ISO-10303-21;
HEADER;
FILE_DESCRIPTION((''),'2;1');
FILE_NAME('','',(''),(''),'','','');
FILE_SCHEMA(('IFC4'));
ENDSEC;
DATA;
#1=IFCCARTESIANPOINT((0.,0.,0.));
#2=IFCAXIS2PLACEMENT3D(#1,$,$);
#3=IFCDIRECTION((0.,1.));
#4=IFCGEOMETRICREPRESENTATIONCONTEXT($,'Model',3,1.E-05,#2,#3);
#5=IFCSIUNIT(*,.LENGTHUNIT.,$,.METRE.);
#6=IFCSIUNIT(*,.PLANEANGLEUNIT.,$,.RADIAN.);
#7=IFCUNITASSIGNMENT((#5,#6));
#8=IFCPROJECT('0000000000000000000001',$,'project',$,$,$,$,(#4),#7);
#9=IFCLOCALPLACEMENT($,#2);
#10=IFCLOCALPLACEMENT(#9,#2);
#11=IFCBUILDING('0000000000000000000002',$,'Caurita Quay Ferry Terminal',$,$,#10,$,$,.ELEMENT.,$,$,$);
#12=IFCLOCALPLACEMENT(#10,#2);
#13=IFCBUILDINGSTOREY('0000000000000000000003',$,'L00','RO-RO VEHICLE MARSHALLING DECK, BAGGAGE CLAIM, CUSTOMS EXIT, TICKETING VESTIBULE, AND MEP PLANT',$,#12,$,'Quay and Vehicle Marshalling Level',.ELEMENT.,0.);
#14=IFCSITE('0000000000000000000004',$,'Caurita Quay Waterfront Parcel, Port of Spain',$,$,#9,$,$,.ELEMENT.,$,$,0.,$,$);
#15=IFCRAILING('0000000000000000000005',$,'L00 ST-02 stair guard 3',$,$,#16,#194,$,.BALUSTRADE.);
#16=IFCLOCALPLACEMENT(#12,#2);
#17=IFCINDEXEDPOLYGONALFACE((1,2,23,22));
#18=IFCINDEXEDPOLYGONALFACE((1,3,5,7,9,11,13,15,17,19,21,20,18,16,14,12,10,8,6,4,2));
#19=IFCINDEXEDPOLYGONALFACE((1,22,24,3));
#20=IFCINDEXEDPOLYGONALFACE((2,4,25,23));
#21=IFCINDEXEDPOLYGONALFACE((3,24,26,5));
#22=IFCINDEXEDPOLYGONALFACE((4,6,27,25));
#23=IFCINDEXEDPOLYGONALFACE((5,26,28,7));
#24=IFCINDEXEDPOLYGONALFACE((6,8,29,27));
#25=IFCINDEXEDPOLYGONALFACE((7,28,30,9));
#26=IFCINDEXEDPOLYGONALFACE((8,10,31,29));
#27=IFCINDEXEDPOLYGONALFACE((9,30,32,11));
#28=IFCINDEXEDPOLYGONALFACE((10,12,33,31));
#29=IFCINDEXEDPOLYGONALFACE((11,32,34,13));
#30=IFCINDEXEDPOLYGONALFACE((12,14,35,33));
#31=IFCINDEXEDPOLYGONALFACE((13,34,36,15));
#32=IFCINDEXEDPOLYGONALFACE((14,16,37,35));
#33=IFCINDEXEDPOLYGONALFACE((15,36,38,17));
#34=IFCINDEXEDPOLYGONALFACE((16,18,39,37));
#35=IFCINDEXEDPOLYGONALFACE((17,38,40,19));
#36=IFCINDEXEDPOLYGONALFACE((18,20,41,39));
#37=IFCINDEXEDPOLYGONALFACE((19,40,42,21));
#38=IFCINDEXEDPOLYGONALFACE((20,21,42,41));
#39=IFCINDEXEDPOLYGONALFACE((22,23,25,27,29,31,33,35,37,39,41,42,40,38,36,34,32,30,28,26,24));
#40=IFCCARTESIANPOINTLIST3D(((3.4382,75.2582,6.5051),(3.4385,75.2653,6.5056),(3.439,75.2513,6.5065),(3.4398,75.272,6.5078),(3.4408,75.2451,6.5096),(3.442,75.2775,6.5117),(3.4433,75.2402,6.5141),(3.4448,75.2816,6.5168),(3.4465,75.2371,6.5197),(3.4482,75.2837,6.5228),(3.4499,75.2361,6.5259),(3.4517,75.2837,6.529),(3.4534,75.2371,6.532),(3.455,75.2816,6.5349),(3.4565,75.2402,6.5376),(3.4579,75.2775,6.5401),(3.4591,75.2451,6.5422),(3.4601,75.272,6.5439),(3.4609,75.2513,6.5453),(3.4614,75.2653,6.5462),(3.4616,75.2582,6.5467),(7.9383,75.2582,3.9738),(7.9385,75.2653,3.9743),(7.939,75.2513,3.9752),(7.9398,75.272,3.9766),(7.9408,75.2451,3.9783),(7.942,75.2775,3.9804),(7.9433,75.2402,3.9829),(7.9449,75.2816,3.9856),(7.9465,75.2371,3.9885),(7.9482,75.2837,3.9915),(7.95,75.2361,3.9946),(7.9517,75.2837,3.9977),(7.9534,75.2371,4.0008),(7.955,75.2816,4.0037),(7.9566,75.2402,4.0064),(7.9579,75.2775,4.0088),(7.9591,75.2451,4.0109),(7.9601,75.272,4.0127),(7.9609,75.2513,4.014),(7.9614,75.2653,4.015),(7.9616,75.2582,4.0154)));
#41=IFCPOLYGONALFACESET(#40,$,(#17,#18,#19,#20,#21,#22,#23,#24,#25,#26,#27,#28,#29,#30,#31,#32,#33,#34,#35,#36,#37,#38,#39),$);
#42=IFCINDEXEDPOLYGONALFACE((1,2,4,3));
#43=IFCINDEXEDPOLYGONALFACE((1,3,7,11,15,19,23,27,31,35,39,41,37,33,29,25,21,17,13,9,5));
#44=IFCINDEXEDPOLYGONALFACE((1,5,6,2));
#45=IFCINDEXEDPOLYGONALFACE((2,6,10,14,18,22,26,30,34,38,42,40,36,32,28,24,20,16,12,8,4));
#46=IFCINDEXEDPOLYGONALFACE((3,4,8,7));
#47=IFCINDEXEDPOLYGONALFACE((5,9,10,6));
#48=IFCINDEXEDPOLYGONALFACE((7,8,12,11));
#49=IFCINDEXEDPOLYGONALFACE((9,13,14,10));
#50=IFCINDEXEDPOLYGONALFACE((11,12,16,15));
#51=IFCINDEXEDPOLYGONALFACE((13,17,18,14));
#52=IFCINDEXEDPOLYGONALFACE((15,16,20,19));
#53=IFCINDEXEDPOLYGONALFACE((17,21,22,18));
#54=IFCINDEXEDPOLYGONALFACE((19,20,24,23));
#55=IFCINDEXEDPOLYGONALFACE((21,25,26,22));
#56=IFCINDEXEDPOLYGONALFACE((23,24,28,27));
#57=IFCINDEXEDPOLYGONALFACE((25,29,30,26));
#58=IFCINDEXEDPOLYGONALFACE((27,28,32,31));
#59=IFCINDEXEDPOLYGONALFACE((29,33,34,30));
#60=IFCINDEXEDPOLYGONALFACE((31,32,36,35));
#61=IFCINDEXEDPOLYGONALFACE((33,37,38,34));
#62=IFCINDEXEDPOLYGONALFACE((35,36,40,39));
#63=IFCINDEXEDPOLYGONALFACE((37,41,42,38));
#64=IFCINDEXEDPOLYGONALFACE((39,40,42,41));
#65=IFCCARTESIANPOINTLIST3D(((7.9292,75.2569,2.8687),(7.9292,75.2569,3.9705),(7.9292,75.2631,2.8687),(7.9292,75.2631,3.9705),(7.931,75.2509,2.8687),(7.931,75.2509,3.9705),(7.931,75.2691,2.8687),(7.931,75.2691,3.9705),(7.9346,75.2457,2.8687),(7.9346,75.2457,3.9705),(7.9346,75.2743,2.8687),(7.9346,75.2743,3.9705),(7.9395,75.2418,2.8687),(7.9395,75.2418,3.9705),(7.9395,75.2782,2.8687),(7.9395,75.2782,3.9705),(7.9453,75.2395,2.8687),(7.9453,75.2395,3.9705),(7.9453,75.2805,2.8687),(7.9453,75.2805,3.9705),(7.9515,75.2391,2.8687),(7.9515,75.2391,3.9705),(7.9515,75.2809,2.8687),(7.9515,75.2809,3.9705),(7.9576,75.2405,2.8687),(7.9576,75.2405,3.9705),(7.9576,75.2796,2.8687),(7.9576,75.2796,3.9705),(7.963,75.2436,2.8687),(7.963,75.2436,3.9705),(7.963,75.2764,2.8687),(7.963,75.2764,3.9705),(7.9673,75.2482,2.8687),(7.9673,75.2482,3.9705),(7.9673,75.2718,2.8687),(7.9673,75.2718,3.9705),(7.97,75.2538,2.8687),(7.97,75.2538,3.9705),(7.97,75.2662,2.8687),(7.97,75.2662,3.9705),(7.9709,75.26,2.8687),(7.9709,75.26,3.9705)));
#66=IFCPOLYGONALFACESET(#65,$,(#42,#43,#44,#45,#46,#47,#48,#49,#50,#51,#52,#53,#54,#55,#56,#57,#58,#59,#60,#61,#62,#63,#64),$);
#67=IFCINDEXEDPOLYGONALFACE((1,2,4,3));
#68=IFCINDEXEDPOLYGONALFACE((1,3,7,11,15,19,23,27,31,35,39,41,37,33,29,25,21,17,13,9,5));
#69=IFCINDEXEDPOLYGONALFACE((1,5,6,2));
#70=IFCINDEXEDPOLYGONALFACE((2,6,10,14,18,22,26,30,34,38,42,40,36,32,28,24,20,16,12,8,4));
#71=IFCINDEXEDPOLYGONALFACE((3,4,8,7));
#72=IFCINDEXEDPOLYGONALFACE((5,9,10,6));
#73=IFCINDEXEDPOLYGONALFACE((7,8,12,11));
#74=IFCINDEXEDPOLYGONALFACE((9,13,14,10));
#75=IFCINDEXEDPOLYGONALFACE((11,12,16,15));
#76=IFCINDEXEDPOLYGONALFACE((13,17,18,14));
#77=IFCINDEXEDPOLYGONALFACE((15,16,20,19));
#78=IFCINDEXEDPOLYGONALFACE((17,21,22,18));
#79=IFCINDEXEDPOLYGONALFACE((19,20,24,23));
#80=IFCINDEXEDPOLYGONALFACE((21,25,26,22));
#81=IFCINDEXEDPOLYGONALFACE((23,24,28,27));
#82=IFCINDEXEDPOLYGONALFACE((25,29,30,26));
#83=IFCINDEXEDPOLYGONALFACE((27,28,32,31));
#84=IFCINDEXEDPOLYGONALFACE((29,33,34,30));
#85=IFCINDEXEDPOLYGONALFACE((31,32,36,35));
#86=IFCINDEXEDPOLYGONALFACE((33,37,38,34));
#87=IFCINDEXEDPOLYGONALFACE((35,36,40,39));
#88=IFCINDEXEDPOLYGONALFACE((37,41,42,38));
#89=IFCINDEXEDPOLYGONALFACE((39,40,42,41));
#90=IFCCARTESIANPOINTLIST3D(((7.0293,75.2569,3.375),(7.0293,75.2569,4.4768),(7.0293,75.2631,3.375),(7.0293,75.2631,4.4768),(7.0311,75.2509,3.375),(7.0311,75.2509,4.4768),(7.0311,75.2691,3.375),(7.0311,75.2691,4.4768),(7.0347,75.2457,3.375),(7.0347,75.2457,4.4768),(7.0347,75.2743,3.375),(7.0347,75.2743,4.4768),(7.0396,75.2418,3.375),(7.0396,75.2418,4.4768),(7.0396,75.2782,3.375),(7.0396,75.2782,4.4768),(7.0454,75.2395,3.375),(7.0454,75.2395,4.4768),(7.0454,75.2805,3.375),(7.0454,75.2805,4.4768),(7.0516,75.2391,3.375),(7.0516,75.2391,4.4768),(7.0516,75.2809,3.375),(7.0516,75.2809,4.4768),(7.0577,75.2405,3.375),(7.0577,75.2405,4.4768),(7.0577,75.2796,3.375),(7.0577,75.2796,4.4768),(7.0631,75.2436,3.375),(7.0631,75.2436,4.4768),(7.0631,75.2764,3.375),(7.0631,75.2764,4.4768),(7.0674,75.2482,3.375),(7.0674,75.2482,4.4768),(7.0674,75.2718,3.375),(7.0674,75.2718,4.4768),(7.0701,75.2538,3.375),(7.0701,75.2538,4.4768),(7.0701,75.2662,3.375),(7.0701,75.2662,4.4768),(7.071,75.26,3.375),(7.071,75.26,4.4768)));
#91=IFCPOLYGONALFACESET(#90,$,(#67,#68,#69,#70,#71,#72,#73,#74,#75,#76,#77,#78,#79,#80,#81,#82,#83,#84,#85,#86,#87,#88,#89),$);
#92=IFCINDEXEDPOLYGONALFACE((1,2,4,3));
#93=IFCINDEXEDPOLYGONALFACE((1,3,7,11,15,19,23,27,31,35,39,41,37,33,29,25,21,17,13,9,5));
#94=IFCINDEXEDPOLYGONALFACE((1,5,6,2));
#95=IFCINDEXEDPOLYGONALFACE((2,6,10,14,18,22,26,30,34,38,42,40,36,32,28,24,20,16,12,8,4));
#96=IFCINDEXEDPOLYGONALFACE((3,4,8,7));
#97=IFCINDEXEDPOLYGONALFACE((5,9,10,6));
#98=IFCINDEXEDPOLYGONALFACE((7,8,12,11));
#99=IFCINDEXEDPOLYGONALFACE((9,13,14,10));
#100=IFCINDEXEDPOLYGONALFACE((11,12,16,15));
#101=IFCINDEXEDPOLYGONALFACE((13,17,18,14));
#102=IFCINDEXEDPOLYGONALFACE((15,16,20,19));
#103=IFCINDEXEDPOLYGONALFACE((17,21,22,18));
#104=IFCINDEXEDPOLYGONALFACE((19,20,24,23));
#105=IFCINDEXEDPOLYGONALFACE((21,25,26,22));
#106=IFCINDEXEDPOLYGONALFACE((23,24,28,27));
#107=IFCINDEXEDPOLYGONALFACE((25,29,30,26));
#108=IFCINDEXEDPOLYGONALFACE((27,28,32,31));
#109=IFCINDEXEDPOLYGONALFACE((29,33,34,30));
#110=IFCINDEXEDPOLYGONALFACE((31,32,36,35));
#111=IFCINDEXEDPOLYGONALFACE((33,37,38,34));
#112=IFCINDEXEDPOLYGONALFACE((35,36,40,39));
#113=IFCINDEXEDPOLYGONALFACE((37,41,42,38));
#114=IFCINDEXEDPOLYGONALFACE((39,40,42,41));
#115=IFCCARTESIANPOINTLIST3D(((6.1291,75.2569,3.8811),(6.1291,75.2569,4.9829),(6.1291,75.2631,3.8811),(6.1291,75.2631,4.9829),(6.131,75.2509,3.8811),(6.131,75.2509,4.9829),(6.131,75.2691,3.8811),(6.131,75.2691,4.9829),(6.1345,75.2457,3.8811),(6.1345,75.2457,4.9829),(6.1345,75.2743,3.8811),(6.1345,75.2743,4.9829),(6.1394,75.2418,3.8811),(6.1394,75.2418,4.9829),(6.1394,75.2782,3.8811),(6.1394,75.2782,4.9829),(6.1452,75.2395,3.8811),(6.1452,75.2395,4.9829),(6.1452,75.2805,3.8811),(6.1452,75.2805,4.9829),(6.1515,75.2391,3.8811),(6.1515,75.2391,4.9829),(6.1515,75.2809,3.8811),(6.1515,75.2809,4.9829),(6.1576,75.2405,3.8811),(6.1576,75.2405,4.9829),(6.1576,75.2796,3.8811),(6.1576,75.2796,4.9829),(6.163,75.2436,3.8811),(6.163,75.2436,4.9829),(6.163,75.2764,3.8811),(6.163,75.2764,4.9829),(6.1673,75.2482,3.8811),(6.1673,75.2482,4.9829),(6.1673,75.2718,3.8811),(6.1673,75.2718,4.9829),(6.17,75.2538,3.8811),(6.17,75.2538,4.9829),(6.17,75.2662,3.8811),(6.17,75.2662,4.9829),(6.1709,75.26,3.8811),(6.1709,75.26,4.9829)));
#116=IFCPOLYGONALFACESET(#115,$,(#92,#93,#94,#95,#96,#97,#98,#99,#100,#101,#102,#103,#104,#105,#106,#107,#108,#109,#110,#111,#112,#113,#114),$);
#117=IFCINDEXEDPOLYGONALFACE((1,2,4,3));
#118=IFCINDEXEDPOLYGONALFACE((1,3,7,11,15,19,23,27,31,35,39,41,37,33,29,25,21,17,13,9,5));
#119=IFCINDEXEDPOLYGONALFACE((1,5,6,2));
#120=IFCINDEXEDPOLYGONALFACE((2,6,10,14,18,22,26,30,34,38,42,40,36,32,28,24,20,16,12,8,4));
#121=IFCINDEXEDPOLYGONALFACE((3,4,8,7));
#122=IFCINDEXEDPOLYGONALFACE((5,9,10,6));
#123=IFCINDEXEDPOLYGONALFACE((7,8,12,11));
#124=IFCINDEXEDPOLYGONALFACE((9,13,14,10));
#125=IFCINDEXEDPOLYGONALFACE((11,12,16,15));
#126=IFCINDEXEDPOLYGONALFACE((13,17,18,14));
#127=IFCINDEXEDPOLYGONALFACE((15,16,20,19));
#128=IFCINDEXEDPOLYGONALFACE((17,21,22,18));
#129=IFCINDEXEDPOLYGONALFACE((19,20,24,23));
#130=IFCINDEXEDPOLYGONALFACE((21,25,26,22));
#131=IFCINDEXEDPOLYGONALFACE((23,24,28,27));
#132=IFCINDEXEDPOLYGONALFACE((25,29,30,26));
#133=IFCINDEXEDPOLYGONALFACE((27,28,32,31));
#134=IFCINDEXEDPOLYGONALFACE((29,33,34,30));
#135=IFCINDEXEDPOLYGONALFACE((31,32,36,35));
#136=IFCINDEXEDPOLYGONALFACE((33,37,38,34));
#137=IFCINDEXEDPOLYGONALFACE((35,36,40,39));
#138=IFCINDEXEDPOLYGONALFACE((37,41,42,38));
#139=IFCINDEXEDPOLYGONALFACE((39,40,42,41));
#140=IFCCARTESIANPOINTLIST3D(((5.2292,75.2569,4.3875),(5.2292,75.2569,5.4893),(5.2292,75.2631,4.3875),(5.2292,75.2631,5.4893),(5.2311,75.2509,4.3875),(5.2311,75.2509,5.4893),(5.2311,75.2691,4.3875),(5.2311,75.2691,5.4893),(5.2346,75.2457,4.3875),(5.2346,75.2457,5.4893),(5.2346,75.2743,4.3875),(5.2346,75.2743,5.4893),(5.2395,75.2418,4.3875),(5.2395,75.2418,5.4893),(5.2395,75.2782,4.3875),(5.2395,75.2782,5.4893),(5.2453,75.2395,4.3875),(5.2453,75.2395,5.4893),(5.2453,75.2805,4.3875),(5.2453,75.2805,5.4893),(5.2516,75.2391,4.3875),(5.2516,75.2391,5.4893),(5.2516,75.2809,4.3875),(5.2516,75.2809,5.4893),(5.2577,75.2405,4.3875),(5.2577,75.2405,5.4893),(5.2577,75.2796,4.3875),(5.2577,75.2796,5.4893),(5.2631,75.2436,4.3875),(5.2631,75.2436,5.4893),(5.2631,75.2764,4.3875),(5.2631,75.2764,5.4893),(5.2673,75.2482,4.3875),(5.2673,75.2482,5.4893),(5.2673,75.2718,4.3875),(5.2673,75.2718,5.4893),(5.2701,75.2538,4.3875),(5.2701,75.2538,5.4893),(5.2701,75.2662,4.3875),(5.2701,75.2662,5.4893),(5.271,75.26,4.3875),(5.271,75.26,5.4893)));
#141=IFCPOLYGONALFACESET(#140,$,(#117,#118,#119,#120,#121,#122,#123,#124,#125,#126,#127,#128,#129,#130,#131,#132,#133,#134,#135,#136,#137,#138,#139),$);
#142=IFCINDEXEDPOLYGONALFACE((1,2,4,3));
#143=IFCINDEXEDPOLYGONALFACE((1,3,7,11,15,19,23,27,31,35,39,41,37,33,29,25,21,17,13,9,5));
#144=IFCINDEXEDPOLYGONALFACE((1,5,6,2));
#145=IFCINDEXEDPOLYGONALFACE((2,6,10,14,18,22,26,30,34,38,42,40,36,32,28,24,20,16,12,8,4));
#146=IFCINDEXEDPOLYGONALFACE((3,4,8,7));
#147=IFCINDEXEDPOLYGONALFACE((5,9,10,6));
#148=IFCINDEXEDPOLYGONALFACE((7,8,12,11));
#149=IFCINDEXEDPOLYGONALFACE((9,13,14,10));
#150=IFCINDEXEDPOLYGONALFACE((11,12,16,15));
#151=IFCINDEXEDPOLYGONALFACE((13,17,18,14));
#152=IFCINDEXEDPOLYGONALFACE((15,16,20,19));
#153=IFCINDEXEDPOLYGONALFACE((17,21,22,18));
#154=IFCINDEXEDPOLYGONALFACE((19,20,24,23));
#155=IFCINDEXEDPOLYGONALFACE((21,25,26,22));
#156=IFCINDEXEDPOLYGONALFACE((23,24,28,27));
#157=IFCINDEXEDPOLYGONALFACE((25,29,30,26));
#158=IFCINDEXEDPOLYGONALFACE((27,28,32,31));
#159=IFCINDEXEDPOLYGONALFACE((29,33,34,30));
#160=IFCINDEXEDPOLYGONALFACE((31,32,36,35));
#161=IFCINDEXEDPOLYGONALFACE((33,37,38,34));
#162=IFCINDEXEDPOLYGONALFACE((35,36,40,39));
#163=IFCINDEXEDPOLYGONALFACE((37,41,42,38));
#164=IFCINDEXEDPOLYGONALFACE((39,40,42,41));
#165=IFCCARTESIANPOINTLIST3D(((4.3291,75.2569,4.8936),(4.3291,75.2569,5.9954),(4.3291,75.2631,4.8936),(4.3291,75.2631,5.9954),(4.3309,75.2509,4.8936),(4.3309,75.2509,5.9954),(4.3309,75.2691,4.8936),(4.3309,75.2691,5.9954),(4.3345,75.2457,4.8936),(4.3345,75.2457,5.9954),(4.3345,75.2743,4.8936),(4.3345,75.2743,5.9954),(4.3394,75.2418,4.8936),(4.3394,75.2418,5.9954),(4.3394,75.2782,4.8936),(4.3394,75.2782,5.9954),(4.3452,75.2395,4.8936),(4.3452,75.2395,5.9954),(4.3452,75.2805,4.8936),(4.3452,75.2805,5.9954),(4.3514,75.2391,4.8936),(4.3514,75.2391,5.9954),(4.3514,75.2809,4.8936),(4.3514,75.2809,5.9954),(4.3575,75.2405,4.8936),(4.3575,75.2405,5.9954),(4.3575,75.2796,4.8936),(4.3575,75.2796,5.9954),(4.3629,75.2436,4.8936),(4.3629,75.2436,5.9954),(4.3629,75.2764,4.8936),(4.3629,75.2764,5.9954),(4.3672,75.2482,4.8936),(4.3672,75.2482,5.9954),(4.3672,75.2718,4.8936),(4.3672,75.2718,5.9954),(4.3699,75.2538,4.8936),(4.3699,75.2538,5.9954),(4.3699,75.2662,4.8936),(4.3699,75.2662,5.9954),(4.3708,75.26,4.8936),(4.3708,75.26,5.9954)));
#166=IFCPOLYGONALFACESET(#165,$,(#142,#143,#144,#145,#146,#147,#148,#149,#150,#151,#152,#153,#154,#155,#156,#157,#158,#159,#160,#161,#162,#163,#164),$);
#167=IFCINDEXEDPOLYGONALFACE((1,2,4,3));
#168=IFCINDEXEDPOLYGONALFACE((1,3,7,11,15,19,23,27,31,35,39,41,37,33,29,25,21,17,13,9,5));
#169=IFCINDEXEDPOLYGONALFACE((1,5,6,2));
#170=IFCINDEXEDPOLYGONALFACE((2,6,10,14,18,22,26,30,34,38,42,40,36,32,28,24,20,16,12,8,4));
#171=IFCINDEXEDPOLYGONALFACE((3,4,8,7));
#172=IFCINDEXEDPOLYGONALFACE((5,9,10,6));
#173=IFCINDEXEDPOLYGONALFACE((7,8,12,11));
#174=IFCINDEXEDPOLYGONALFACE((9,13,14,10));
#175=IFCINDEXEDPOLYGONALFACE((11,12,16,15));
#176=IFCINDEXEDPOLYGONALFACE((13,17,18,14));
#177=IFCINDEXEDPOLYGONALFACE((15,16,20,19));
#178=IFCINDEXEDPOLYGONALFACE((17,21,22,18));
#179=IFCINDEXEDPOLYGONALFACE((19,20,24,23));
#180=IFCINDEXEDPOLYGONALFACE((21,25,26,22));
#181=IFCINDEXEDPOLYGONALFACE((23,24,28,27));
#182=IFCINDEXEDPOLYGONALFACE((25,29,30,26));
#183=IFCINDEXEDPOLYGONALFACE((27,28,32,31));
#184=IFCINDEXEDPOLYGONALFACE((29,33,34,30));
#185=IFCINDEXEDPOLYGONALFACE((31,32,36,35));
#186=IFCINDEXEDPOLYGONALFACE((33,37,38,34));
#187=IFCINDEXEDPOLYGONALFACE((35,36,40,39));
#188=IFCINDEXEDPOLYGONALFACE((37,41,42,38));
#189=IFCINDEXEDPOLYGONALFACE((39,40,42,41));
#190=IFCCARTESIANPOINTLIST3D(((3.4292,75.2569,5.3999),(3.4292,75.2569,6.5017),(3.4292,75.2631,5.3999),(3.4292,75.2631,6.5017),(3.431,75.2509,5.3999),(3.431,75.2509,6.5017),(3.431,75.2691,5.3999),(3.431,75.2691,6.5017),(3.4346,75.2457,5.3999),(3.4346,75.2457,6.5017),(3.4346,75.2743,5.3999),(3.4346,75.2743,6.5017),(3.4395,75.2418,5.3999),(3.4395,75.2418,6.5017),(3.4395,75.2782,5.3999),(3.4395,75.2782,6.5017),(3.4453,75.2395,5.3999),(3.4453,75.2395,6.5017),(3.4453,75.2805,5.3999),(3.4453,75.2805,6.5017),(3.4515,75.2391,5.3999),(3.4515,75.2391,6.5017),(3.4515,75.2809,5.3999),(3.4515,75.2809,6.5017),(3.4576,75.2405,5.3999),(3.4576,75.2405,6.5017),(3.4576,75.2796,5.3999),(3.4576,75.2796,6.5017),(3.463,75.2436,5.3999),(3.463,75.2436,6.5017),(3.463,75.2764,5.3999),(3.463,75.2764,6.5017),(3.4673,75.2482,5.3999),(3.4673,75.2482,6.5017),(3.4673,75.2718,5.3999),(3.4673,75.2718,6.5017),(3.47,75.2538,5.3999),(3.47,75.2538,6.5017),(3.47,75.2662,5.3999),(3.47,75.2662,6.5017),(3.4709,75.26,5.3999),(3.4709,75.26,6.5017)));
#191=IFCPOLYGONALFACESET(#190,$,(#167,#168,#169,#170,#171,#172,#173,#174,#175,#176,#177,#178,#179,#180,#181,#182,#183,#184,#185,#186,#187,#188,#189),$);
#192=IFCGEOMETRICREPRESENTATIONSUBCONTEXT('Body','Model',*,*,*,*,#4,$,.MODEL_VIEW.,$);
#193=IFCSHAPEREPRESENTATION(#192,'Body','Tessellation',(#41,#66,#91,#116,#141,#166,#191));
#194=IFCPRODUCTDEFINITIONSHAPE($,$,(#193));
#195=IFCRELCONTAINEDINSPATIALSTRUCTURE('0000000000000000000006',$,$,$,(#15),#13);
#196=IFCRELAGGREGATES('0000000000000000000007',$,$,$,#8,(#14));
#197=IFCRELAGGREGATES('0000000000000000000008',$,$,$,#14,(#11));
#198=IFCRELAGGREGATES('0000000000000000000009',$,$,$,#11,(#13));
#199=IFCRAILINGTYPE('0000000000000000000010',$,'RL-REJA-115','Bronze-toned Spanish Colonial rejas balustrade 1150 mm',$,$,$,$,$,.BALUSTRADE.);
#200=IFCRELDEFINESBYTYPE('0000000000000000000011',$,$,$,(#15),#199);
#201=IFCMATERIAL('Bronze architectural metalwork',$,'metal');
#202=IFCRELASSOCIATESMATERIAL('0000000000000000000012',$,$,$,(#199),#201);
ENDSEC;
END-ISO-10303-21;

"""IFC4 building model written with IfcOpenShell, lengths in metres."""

from ifc_helpers import new_model, si_unit, direction, frame, origin, origin_2d, place, context, subcontext, project, spatial, circle, extrude, material, type_object, element, save


model = new_model("IFC4")

# Units and contexts
model_context = context("Model", 3, precision=1e-05, world=origin(), true_north=direction((0.0, 1.0)))
body_context = subcontext(model_context, "Body", "Model", "MODEL_VIEW")
ifc_project = project(units=[si_unit("LENGTHUNIT", "METRE"), si_unit("PLANEANGLEUNIT", "RADIAN")], contexts=[model_context])

# Site, building, storey
site_placement = place(None, origin())
site = spatial("IfcSite", under=ifc_project, at=site_placement, Name="Caurita Quay Waterfront Parcel, Port of Spain", CompositionType="ELEMENT", RefElevation=0.0)
building_placement = place(site_placement, origin())
building = spatial("IfcBuilding", under=site, at=building_placement, Name="Caurita Quay Ferry Terminal", CompositionType="ELEMENT")
storey_placement = place(building_placement, origin())
storey = spatial("IfcBuildingStorey", under=building, at=storey_placement, Name="L00", Description="RO-RO VEHICLE MARSHALLING DECK, BAGGAGE CLAIM, CUSTOMS EXIT, TICKETING VESTIBULE, AND MEP PLANT", LongName="Quay and Vehicle Marshalling Level", CompositionType="ELEMENT", Elevation=0.0)

# Railing
ifc_material_1 = material(Name="Bronze architectural metalwork", Category="metal")
railing_type_1 = type_object("IfcRailingType", Name="RL-REJA-115", Description="Bronze-toned Spanish Colonial rejas balustrade 1150 mm", PredefinedType="BALUSTRADE", material=ifc_material_1)
railing_1_placement = place(storey_placement, frame((7.95, 75.26, 2.8687)))
element("IfcRailing", 1, at=railing_1_placement, inside=storey, type_object=railing_type_1, Name="L00 ST-02 stair guard 3", PredefinedType="BALUSTRADE", context=body_context, shape_type="SweptSolid", body=[
    extrude(circle(Radius=0.0239, at=origin_2d()), frame((0.0, 0.0, 1.126), z_axis=(-0.871576, 0.0, 0.490261), x_axis=(0.0, -1.0, 0.0)), (0.0, 0.0, 1.0), 5.1631),
    extrude(circle(Radius=0.021, at=origin_2d()), origin(), (0.0, 0.0, 1.0), 1.1018),
    extrude(circle(Radius=0.021, at=origin_2d()), frame((-0.8999, 0.0, 0.5063)), (0.0, 0.0, 1.0), 1.1018),
    extrude(circle(Radius=0.021, at=origin_2d()), frame((-1.8, 0.0, 1.0125)), (0.0, 0.0, 1.0), 1.1018),
    extrude(circle(Radius=0.021, at=origin_2d()), frame((-2.7, 0.0, 1.5188)), (0.0, 0.0, 1.0), 1.1018),
    extrude(circle(Radius=0.021, at=origin_2d()), frame((-3.6001, 0.0, 2.0249)), (0.0, 0.0, 1.0), 1.1018),
    extrude(circle(Radius=0.021, at=origin_2d()), frame((-4.5, 0.0, 2.5312)), (0.0, 0.0, 1.0), 1.1018),
])

save(model, "model.ifc")
